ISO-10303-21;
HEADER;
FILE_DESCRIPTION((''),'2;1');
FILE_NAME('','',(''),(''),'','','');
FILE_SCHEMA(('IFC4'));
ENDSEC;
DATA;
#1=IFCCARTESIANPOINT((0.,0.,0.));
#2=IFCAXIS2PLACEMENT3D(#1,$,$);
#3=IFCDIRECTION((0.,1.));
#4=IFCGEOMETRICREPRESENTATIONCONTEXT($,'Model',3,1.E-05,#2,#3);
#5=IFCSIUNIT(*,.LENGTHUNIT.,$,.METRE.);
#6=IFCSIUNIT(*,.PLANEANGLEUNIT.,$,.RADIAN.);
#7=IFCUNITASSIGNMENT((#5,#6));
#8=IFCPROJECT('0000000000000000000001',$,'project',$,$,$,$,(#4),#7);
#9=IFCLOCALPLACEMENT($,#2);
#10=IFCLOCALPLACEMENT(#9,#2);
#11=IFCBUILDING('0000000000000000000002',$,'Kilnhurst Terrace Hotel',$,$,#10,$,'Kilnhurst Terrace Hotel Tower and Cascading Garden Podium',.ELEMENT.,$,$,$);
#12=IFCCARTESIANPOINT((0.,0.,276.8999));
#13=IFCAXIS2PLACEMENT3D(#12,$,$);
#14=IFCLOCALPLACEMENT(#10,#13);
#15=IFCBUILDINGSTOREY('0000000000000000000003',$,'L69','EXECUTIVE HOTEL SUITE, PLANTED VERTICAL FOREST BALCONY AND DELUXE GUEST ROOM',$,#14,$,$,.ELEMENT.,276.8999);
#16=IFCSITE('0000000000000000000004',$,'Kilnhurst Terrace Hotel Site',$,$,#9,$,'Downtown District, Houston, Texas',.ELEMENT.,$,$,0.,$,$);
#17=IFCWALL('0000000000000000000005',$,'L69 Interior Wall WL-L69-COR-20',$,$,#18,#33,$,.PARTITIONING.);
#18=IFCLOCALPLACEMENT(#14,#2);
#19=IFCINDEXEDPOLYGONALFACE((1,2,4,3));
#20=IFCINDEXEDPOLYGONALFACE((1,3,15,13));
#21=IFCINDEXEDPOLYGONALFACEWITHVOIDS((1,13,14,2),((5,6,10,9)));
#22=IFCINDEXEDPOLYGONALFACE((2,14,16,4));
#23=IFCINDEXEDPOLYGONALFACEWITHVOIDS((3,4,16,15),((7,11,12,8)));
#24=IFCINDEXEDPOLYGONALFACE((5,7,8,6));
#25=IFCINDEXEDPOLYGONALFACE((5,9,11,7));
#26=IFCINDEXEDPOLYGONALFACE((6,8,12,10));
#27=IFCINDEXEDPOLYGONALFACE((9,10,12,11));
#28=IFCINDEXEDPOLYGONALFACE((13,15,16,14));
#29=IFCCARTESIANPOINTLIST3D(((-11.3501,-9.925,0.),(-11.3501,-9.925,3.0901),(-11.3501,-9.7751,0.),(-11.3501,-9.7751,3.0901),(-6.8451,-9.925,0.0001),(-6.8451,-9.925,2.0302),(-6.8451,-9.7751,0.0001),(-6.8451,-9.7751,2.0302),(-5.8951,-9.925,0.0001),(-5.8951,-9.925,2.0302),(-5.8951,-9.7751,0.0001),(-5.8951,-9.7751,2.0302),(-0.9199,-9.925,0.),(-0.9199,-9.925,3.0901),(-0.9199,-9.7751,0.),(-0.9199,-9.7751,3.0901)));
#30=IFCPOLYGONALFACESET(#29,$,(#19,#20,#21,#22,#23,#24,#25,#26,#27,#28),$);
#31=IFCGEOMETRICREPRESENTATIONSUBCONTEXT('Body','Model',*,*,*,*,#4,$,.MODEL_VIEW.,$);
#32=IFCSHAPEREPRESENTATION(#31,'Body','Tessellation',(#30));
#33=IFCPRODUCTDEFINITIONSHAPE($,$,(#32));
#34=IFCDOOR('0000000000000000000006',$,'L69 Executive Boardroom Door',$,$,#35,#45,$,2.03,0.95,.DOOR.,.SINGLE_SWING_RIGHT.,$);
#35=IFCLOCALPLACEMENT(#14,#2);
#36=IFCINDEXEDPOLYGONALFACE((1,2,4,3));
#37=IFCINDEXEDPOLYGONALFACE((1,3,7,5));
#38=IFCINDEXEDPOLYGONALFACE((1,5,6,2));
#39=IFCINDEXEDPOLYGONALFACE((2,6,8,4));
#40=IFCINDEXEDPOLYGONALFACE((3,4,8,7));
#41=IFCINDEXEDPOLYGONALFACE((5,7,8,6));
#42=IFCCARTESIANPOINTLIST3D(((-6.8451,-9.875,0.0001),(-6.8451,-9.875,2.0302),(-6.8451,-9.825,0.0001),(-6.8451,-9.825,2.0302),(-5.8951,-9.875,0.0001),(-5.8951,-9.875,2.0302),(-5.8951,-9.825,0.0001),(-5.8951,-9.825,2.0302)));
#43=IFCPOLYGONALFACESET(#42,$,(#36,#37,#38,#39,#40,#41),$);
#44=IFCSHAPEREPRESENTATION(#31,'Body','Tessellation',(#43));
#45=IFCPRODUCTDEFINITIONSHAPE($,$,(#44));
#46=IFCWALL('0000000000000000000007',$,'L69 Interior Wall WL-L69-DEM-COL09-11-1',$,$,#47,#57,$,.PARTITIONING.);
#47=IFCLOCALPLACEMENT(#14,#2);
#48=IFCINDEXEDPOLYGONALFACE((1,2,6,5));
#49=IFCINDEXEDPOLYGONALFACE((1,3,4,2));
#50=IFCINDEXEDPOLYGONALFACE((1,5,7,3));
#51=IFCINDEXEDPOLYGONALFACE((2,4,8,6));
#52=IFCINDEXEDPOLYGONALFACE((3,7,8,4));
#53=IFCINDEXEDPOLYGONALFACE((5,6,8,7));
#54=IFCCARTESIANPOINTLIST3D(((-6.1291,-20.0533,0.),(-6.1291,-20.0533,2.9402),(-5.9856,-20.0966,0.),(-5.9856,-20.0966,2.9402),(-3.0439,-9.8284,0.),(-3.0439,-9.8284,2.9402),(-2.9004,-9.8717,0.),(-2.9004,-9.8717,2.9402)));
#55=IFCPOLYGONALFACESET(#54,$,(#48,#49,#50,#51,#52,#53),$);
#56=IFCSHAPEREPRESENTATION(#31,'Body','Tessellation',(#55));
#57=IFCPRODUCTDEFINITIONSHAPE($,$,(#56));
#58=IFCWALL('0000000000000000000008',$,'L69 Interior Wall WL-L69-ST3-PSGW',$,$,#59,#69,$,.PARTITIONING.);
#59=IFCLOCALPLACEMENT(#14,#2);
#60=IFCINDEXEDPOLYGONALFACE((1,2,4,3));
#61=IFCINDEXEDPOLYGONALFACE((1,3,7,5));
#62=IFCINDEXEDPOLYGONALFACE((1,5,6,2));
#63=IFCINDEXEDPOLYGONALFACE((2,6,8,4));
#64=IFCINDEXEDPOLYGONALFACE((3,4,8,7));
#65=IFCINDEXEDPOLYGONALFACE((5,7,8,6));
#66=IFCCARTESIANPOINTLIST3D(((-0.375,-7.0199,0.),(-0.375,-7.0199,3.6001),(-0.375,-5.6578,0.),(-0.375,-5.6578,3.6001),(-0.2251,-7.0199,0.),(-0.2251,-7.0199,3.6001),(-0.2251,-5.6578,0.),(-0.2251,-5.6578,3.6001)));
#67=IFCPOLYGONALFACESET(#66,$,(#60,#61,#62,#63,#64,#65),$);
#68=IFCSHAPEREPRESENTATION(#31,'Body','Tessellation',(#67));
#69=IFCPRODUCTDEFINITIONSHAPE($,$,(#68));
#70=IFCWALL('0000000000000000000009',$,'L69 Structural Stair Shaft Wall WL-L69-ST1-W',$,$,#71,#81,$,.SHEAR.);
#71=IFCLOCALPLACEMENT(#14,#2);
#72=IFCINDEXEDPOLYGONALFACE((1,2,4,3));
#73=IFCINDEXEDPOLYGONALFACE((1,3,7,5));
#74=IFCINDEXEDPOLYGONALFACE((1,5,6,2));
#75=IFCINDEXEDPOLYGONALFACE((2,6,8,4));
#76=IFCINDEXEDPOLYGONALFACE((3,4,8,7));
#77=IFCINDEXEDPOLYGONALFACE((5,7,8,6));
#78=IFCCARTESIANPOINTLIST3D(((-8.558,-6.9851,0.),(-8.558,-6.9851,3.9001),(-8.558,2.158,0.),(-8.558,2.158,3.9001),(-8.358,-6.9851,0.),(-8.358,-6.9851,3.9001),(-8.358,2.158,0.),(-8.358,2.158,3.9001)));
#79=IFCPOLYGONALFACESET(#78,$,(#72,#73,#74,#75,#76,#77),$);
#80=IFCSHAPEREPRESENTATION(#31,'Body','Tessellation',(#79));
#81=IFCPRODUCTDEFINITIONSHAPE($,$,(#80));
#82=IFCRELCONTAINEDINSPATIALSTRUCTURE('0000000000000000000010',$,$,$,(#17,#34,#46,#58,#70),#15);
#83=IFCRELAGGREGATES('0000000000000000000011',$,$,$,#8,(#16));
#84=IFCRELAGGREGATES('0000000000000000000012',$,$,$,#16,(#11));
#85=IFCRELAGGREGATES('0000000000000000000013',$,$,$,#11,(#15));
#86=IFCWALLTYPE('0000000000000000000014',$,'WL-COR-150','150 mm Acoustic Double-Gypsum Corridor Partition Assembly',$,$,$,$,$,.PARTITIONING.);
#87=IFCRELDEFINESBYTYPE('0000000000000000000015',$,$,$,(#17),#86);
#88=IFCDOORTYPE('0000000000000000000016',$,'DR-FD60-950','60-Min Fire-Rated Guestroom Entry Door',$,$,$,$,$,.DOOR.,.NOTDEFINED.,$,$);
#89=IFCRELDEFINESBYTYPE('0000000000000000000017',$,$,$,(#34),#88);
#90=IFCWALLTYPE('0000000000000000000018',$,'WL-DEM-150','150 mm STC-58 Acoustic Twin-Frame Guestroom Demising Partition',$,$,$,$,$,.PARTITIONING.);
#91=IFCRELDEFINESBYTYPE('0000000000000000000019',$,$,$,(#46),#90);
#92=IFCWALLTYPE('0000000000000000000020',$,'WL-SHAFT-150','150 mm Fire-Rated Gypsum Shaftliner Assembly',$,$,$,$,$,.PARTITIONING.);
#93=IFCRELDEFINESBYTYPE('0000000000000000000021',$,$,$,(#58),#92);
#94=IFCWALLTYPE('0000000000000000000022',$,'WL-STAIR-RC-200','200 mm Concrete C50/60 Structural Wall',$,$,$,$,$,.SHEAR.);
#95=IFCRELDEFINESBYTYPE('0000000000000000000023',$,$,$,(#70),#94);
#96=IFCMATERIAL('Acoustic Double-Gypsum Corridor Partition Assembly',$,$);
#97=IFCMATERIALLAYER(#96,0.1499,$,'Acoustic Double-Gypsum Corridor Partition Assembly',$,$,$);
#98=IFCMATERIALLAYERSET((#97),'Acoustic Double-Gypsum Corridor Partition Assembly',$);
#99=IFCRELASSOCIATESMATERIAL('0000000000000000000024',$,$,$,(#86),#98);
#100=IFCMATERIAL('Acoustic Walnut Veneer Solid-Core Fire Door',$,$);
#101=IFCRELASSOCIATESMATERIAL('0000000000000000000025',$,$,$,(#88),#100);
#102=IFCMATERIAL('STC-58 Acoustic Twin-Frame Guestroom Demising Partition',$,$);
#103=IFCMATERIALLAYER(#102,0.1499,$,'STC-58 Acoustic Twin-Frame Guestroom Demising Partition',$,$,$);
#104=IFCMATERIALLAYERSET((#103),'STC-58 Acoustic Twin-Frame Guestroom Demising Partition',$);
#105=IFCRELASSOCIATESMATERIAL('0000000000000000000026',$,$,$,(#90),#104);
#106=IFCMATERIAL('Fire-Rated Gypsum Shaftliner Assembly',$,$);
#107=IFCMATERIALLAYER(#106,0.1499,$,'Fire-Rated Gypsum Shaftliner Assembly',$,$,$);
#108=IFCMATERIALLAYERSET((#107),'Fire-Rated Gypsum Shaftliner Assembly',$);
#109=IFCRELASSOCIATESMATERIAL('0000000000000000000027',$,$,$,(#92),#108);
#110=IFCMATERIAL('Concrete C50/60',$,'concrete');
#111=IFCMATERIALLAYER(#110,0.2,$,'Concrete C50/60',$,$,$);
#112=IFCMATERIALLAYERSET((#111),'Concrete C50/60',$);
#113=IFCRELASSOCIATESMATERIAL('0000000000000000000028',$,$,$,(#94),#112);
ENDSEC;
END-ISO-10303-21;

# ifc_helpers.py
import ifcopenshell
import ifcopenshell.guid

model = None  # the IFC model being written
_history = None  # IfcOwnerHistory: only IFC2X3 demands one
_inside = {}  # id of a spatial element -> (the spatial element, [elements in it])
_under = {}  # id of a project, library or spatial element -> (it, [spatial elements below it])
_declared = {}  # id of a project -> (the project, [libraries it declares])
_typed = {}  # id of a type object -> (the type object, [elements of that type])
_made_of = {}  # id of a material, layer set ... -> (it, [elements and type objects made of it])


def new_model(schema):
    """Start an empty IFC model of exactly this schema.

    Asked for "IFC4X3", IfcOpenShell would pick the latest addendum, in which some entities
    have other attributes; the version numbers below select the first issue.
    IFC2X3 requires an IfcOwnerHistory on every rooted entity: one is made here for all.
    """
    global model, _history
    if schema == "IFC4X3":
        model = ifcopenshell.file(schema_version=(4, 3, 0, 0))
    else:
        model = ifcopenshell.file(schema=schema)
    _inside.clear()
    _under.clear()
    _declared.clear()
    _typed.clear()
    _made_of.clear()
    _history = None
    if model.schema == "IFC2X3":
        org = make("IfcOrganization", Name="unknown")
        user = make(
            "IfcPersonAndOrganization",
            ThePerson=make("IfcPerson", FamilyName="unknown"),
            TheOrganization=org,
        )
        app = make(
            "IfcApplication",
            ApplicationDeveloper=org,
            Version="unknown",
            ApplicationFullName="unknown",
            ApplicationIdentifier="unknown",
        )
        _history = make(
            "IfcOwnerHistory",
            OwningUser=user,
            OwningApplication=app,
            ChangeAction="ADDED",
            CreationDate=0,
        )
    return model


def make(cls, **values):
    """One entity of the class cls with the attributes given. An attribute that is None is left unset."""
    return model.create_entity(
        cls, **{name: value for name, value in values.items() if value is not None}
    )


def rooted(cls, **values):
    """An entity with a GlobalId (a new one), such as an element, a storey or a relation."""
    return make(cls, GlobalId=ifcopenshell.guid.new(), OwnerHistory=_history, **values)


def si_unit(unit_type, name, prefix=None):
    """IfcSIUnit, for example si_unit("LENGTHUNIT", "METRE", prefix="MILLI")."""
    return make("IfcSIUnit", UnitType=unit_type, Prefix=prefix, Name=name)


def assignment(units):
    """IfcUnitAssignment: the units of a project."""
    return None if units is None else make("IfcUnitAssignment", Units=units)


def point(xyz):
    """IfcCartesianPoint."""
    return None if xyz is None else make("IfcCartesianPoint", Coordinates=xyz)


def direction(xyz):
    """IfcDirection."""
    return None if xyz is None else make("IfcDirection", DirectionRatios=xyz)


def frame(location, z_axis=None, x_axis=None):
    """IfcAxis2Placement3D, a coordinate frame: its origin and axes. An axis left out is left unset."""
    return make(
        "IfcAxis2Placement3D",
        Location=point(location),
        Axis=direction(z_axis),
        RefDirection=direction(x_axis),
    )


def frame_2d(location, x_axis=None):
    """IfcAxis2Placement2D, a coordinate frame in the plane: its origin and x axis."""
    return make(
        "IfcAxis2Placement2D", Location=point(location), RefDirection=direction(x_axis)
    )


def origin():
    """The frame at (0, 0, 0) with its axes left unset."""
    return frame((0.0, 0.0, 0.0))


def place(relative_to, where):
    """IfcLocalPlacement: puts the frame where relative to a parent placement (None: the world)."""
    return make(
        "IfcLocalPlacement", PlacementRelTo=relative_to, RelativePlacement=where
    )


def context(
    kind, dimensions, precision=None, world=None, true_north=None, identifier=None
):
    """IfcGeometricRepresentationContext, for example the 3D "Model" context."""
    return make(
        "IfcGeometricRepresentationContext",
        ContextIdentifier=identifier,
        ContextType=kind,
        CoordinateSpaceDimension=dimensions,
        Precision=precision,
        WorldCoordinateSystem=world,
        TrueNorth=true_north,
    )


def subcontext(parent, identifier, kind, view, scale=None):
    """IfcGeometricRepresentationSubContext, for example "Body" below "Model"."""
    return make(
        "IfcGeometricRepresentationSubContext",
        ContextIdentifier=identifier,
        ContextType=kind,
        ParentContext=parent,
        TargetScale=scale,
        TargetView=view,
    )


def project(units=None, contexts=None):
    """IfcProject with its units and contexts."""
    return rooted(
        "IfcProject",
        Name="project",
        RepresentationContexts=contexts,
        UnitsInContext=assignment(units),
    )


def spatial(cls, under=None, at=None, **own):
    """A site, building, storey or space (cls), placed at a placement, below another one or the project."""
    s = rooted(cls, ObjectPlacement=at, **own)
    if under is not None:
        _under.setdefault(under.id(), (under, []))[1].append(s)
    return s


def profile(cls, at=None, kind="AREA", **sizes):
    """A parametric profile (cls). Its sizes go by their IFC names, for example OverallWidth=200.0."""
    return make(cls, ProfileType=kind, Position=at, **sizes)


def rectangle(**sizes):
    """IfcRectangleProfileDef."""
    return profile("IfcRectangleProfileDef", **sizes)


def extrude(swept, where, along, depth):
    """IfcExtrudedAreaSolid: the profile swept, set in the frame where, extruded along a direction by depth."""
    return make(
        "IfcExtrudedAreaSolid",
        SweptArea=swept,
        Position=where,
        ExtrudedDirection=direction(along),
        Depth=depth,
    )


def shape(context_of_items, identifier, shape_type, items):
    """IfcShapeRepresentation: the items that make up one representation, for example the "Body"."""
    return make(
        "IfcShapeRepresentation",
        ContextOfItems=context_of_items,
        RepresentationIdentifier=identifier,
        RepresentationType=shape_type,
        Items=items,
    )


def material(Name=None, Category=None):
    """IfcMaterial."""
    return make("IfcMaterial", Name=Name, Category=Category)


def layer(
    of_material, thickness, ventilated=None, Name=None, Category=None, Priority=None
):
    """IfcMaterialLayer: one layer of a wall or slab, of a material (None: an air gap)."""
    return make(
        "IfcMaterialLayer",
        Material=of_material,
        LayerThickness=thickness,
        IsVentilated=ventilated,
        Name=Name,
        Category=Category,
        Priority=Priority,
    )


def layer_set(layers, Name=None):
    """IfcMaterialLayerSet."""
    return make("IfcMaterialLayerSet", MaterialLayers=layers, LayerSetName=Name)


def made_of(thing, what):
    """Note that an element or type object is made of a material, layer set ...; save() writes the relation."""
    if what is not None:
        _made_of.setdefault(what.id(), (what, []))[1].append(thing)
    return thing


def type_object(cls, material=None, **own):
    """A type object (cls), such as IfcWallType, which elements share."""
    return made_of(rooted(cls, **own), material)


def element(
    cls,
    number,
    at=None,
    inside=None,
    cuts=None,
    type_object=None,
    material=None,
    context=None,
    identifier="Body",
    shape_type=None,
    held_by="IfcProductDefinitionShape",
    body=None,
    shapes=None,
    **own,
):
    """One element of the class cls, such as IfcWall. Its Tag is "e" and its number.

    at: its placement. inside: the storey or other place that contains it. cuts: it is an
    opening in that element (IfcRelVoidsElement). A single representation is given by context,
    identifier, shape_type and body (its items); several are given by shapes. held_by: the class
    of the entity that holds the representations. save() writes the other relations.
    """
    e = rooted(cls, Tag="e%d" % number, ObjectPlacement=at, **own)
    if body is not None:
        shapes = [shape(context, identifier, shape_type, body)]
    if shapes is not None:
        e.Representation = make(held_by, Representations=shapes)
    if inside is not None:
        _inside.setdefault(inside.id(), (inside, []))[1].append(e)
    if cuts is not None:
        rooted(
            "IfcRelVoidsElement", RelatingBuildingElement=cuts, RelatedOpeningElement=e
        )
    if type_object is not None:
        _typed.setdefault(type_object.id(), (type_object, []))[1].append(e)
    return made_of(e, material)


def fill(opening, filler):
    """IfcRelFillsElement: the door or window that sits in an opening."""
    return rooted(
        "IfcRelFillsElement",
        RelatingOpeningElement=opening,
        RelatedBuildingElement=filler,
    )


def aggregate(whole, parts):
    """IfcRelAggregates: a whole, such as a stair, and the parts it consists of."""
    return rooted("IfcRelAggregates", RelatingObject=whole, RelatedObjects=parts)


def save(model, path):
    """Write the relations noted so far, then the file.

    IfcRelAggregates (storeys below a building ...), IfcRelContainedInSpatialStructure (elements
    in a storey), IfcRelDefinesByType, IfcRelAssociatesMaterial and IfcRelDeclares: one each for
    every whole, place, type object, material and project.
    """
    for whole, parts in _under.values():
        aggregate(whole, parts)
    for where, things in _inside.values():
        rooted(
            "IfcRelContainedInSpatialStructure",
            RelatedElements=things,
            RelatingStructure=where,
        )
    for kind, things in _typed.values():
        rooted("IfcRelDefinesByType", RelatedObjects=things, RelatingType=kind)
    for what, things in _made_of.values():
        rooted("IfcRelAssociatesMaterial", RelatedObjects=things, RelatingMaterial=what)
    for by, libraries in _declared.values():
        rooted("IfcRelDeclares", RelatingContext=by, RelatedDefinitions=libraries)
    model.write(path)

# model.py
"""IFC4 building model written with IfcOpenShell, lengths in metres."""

from ifc_helpers import new_model, si_unit, direction, frame, frame_2d, origin, place, context, subcontext, project, spatial, rectangle, extrude, material, layer, layer_set, type_object, element, fill, save


model = new_model("IFC4")

# Units and contexts
model_context = context("Model", 3, precision=1e-05, world=origin(), true_north=direction((0.0, 1.0)))
body_context = subcontext(model_context, "Body", "Model", "MODEL_VIEW")
ifc_project = project(units=[si_unit("LENGTHUNIT", "METRE"), si_unit("PLANEANGLEUNIT", "RADIAN")], contexts=[model_context])

# Site, building, storey
site_placement = place(None, origin())
site = spatial("IfcSite", under=ifc_project, at=site_placement, Name="Kilnhurst Terrace Hotel Site", LongName="Downtown District, Houston, Texas", CompositionType="ELEMENT", RefElevation=0.0)
building_placement = place(site_placement, origin())
building = spatial("IfcBuilding", under=site, at=building_placement, Name="Kilnhurst Terrace Hotel", LongName="Kilnhurst Terrace Hotel Tower and Cascading Garden Podium", CompositionType="ELEMENT")
storey_placement = place(building_placement, frame((0.0, 0.0, 276.8999)))
storey = spatial("IfcBuildingStorey", under=building, at=storey_placement, Name="L69", Description="EXECUTIVE HOTEL SUITE, PLANTED VERTICAL FOREST BALCONY AND DELUXE GUEST ROOM", CompositionType="ELEMENT", Elevation=276.8999)

# Shared definitions
ifc_material_1 = material(Name="Concrete C50/60", Category="concrete")

# Shared definitions
ifc_material_2 = material(Name="Acoustic Double-Gypsum Corridor Partition Assembly")
ifc_layer_1 = layer(ifc_material_2, 0.1499, Name="Acoustic Double-Gypsum Corridor Partition Assembly")
ifc_layer_set_1 = layer_set([ifc_layer_1], Name="Acoustic Double-Gypsum Corridor Partition Assembly")
wall_type_1 = type_object("IfcWallType", Name="WL-COR-150", Description="150 mm Acoustic Double-Gypsum Corridor Partition Assembly", PredefinedType="PARTITIONING", material=ifc_layer_set_1)

# Wall, opening, door
wall_1_placement = place(storey_placement, frame((-0.9199, -9.8501, 0.0), z_axis=(0.0, 0.0, 1.0), x_axis=(-1.0, 0.0, 0.0)))
wall_1 = element("IfcWall", 1, at=wall_1_placement, inside=storey, type_object=wall_type_1, Name="L69 Interior Wall WL-L69-COR-20", PredefinedType="PARTITIONING", context=body_context, shape_type="SweptSolid", body=[
    extrude(rectangle(XDim=10.4302, YDim=0.1499, at=frame_2d((5.2151, 0.0))), origin(), (0.0, 0.0, 1.0), 3.0901),
])
opening_1_placement = place(wall_1_placement, frame((4.9751, 0.0, 0.0)))
opening_1 = element("IfcOpeningElement", 2, at=opening_1_placement, cuts=wall_1, PredefinedType="OPENING", context=body_context, shape_type="SweptSolid", body=[
    extrude(rectangle(XDim=0.95, YDim=2.03, at=frame_2d((0.4751, 1.0151))), frame((0.0, 0.085, 0.0), z_axis=(0.0, -1.0, 0.0), x_axis=(1.0, 0.0, 0.0)), (0.0, 0.0, 1.0), 0.1699),
])
ifc_material_3 = material(Name="Acoustic Walnut Veneer Solid-Core Fire Door")
door_type_1 = type_object("IfcDoorType", Name="DR-FD60-950", Description="60-Min Fire-Rated Guestroom Entry Door", OperationType="NOTDEFINED", PredefinedType="DOOR", material=ifc_material_3)
door_1_placement = place(opening_1_placement, origin())
door_1 = element("IfcDoor", 3, at=door_1_placement, inside=storey, type_object=door_type_1, Name="L69 Executive Boardroom Door", OperationType="SINGLE_SWING_RIGHT", OverallHeight=2.03, OverallWidth=0.95, PredefinedType="DOOR", context=body_context, shape_type="SweptSolid", body=[
    extrude(rectangle(XDim=0.95, YDim=2.03, at=frame_2d((0.4751, 1.0151))), frame((0.0, 0.0249, 0.0), z_axis=(0.0, -1.0, 0.0), x_axis=(1.0, 0.0, 0.0)), (0.0, 0.0, 1.0), 0.05),
])
fill(opening_1, door_1)

# Walls
ifc_material_4 = material(Name="STC-58 Acoustic Twin-Frame Guestroom Demising Partition")
ifc_layer_2 = layer(ifc_material_4, 0.1499, Name="STC-58 Acoustic Twin-Frame Guestroom Demising Partition")
ifc_layer_set_2 = layer_set([ifc_layer_2], Name="STC-58 Acoustic Twin-Frame Guestroom Demising Partition")
wall_type_2 = type_object("IfcWallType", Name="WL-DEM-150", Description="150 mm STC-58 Acoustic Twin-Frame Guestroom Demising Partition", PredefinedType="PARTITIONING", material=ifc_layer_set_2)
wall_2_placement = place(storey_placement, frame((-2.9722, -9.8501, 0.0), z_axis=(0.0, 0.0, 1.0), x_axis=(-0.288872, -0.957368, 0.0)))
element("IfcWall", 4, at=wall_2_placement, inside=storey, type_object=wall_type_2, Name="L69 Interior Wall WL-L69-DEM-COL09-11-1", PredefinedType="PARTITIONING", context=body_context, shape_type="SweptSolid", body=[
    extrude(rectangle(XDim=10.6802, YDim=0.1499, at=frame_2d((5.3401, 0.0))), origin(), (0.0, 0.0, 1.0), 2.9402),
])
ifc_material_5 = material(Name="Fire-Rated Gypsum Shaftliner Assembly")
ifc_layer_3 = layer(ifc_material_5, 0.1499, Name="Fire-Rated Gypsum Shaftliner Assembly")
ifc_layer_set_3 = layer_set([ifc_layer_3], Name="Fire-Rated Gypsum Shaftliner Assembly")
wall_type_3 = type_object("IfcWallType", Name="WL-SHAFT-150", Description="150 mm Fire-Rated Gypsum Shaftliner Assembly", PredefinedType="PARTITIONING", material=ifc_layer_set_3)
wall_3_placement = place(storey_placement, frame((-0.3, -7.02, 0.0), z_axis=(0.0, 0.0, 1.0), x_axis=(0.0, 1.0, 0.0)))
element("IfcWall", 5, at=wall_3_placement, inside=storey, type_object=wall_type_3, Name="L69 Interior Wall WL-L69-ST3-PSGW", PredefinedType="PARTITIONING", context=body_context, shape_type="SweptSolid", body=[
    extrude(rectangle(XDim=1.3621, YDim=0.1499, at=frame_2d((0.6812, 0.0))), origin(), (0.0, 0.0, 1.0), 3.6001),
])
ifc_layer_4 = layer(ifc_material_1, 0.2, Name="Concrete C50/60")
ifc_layer_set_4 = layer_set([ifc_layer_4], Name="Concrete C50/60")
wall_type_4 = type_object("IfcWallType", Name="WL-STAIR-RC-200", Description="200 mm Concrete C50/60 Structural Wall", PredefinedType="SHEAR", material=ifc_layer_set_4)
wall_4_placement = place(storey_placement, frame((-8.458, -6.9851, 0.0), z_axis=(0.0, 0.0, 1.0), x_axis=(0.0, 1.0, 0.0)))
element("IfcWall", 6, at=wall_4_placement, inside=storey, type_object=wall_type_4, Name="L69 Structural Stair Shaft Wall WL-L69-ST1-W", PredefinedType="SHEAR", context=body_context, shape_type="SweptSolid", body=[
    extrude(rectangle(XDim=9.1431, YDim=0.2, at=frame_2d((4.5715, 0.0))), origin(), (0.0, 0.0, 1.0), 3.9001),
])

save(model, "model.ifc")
